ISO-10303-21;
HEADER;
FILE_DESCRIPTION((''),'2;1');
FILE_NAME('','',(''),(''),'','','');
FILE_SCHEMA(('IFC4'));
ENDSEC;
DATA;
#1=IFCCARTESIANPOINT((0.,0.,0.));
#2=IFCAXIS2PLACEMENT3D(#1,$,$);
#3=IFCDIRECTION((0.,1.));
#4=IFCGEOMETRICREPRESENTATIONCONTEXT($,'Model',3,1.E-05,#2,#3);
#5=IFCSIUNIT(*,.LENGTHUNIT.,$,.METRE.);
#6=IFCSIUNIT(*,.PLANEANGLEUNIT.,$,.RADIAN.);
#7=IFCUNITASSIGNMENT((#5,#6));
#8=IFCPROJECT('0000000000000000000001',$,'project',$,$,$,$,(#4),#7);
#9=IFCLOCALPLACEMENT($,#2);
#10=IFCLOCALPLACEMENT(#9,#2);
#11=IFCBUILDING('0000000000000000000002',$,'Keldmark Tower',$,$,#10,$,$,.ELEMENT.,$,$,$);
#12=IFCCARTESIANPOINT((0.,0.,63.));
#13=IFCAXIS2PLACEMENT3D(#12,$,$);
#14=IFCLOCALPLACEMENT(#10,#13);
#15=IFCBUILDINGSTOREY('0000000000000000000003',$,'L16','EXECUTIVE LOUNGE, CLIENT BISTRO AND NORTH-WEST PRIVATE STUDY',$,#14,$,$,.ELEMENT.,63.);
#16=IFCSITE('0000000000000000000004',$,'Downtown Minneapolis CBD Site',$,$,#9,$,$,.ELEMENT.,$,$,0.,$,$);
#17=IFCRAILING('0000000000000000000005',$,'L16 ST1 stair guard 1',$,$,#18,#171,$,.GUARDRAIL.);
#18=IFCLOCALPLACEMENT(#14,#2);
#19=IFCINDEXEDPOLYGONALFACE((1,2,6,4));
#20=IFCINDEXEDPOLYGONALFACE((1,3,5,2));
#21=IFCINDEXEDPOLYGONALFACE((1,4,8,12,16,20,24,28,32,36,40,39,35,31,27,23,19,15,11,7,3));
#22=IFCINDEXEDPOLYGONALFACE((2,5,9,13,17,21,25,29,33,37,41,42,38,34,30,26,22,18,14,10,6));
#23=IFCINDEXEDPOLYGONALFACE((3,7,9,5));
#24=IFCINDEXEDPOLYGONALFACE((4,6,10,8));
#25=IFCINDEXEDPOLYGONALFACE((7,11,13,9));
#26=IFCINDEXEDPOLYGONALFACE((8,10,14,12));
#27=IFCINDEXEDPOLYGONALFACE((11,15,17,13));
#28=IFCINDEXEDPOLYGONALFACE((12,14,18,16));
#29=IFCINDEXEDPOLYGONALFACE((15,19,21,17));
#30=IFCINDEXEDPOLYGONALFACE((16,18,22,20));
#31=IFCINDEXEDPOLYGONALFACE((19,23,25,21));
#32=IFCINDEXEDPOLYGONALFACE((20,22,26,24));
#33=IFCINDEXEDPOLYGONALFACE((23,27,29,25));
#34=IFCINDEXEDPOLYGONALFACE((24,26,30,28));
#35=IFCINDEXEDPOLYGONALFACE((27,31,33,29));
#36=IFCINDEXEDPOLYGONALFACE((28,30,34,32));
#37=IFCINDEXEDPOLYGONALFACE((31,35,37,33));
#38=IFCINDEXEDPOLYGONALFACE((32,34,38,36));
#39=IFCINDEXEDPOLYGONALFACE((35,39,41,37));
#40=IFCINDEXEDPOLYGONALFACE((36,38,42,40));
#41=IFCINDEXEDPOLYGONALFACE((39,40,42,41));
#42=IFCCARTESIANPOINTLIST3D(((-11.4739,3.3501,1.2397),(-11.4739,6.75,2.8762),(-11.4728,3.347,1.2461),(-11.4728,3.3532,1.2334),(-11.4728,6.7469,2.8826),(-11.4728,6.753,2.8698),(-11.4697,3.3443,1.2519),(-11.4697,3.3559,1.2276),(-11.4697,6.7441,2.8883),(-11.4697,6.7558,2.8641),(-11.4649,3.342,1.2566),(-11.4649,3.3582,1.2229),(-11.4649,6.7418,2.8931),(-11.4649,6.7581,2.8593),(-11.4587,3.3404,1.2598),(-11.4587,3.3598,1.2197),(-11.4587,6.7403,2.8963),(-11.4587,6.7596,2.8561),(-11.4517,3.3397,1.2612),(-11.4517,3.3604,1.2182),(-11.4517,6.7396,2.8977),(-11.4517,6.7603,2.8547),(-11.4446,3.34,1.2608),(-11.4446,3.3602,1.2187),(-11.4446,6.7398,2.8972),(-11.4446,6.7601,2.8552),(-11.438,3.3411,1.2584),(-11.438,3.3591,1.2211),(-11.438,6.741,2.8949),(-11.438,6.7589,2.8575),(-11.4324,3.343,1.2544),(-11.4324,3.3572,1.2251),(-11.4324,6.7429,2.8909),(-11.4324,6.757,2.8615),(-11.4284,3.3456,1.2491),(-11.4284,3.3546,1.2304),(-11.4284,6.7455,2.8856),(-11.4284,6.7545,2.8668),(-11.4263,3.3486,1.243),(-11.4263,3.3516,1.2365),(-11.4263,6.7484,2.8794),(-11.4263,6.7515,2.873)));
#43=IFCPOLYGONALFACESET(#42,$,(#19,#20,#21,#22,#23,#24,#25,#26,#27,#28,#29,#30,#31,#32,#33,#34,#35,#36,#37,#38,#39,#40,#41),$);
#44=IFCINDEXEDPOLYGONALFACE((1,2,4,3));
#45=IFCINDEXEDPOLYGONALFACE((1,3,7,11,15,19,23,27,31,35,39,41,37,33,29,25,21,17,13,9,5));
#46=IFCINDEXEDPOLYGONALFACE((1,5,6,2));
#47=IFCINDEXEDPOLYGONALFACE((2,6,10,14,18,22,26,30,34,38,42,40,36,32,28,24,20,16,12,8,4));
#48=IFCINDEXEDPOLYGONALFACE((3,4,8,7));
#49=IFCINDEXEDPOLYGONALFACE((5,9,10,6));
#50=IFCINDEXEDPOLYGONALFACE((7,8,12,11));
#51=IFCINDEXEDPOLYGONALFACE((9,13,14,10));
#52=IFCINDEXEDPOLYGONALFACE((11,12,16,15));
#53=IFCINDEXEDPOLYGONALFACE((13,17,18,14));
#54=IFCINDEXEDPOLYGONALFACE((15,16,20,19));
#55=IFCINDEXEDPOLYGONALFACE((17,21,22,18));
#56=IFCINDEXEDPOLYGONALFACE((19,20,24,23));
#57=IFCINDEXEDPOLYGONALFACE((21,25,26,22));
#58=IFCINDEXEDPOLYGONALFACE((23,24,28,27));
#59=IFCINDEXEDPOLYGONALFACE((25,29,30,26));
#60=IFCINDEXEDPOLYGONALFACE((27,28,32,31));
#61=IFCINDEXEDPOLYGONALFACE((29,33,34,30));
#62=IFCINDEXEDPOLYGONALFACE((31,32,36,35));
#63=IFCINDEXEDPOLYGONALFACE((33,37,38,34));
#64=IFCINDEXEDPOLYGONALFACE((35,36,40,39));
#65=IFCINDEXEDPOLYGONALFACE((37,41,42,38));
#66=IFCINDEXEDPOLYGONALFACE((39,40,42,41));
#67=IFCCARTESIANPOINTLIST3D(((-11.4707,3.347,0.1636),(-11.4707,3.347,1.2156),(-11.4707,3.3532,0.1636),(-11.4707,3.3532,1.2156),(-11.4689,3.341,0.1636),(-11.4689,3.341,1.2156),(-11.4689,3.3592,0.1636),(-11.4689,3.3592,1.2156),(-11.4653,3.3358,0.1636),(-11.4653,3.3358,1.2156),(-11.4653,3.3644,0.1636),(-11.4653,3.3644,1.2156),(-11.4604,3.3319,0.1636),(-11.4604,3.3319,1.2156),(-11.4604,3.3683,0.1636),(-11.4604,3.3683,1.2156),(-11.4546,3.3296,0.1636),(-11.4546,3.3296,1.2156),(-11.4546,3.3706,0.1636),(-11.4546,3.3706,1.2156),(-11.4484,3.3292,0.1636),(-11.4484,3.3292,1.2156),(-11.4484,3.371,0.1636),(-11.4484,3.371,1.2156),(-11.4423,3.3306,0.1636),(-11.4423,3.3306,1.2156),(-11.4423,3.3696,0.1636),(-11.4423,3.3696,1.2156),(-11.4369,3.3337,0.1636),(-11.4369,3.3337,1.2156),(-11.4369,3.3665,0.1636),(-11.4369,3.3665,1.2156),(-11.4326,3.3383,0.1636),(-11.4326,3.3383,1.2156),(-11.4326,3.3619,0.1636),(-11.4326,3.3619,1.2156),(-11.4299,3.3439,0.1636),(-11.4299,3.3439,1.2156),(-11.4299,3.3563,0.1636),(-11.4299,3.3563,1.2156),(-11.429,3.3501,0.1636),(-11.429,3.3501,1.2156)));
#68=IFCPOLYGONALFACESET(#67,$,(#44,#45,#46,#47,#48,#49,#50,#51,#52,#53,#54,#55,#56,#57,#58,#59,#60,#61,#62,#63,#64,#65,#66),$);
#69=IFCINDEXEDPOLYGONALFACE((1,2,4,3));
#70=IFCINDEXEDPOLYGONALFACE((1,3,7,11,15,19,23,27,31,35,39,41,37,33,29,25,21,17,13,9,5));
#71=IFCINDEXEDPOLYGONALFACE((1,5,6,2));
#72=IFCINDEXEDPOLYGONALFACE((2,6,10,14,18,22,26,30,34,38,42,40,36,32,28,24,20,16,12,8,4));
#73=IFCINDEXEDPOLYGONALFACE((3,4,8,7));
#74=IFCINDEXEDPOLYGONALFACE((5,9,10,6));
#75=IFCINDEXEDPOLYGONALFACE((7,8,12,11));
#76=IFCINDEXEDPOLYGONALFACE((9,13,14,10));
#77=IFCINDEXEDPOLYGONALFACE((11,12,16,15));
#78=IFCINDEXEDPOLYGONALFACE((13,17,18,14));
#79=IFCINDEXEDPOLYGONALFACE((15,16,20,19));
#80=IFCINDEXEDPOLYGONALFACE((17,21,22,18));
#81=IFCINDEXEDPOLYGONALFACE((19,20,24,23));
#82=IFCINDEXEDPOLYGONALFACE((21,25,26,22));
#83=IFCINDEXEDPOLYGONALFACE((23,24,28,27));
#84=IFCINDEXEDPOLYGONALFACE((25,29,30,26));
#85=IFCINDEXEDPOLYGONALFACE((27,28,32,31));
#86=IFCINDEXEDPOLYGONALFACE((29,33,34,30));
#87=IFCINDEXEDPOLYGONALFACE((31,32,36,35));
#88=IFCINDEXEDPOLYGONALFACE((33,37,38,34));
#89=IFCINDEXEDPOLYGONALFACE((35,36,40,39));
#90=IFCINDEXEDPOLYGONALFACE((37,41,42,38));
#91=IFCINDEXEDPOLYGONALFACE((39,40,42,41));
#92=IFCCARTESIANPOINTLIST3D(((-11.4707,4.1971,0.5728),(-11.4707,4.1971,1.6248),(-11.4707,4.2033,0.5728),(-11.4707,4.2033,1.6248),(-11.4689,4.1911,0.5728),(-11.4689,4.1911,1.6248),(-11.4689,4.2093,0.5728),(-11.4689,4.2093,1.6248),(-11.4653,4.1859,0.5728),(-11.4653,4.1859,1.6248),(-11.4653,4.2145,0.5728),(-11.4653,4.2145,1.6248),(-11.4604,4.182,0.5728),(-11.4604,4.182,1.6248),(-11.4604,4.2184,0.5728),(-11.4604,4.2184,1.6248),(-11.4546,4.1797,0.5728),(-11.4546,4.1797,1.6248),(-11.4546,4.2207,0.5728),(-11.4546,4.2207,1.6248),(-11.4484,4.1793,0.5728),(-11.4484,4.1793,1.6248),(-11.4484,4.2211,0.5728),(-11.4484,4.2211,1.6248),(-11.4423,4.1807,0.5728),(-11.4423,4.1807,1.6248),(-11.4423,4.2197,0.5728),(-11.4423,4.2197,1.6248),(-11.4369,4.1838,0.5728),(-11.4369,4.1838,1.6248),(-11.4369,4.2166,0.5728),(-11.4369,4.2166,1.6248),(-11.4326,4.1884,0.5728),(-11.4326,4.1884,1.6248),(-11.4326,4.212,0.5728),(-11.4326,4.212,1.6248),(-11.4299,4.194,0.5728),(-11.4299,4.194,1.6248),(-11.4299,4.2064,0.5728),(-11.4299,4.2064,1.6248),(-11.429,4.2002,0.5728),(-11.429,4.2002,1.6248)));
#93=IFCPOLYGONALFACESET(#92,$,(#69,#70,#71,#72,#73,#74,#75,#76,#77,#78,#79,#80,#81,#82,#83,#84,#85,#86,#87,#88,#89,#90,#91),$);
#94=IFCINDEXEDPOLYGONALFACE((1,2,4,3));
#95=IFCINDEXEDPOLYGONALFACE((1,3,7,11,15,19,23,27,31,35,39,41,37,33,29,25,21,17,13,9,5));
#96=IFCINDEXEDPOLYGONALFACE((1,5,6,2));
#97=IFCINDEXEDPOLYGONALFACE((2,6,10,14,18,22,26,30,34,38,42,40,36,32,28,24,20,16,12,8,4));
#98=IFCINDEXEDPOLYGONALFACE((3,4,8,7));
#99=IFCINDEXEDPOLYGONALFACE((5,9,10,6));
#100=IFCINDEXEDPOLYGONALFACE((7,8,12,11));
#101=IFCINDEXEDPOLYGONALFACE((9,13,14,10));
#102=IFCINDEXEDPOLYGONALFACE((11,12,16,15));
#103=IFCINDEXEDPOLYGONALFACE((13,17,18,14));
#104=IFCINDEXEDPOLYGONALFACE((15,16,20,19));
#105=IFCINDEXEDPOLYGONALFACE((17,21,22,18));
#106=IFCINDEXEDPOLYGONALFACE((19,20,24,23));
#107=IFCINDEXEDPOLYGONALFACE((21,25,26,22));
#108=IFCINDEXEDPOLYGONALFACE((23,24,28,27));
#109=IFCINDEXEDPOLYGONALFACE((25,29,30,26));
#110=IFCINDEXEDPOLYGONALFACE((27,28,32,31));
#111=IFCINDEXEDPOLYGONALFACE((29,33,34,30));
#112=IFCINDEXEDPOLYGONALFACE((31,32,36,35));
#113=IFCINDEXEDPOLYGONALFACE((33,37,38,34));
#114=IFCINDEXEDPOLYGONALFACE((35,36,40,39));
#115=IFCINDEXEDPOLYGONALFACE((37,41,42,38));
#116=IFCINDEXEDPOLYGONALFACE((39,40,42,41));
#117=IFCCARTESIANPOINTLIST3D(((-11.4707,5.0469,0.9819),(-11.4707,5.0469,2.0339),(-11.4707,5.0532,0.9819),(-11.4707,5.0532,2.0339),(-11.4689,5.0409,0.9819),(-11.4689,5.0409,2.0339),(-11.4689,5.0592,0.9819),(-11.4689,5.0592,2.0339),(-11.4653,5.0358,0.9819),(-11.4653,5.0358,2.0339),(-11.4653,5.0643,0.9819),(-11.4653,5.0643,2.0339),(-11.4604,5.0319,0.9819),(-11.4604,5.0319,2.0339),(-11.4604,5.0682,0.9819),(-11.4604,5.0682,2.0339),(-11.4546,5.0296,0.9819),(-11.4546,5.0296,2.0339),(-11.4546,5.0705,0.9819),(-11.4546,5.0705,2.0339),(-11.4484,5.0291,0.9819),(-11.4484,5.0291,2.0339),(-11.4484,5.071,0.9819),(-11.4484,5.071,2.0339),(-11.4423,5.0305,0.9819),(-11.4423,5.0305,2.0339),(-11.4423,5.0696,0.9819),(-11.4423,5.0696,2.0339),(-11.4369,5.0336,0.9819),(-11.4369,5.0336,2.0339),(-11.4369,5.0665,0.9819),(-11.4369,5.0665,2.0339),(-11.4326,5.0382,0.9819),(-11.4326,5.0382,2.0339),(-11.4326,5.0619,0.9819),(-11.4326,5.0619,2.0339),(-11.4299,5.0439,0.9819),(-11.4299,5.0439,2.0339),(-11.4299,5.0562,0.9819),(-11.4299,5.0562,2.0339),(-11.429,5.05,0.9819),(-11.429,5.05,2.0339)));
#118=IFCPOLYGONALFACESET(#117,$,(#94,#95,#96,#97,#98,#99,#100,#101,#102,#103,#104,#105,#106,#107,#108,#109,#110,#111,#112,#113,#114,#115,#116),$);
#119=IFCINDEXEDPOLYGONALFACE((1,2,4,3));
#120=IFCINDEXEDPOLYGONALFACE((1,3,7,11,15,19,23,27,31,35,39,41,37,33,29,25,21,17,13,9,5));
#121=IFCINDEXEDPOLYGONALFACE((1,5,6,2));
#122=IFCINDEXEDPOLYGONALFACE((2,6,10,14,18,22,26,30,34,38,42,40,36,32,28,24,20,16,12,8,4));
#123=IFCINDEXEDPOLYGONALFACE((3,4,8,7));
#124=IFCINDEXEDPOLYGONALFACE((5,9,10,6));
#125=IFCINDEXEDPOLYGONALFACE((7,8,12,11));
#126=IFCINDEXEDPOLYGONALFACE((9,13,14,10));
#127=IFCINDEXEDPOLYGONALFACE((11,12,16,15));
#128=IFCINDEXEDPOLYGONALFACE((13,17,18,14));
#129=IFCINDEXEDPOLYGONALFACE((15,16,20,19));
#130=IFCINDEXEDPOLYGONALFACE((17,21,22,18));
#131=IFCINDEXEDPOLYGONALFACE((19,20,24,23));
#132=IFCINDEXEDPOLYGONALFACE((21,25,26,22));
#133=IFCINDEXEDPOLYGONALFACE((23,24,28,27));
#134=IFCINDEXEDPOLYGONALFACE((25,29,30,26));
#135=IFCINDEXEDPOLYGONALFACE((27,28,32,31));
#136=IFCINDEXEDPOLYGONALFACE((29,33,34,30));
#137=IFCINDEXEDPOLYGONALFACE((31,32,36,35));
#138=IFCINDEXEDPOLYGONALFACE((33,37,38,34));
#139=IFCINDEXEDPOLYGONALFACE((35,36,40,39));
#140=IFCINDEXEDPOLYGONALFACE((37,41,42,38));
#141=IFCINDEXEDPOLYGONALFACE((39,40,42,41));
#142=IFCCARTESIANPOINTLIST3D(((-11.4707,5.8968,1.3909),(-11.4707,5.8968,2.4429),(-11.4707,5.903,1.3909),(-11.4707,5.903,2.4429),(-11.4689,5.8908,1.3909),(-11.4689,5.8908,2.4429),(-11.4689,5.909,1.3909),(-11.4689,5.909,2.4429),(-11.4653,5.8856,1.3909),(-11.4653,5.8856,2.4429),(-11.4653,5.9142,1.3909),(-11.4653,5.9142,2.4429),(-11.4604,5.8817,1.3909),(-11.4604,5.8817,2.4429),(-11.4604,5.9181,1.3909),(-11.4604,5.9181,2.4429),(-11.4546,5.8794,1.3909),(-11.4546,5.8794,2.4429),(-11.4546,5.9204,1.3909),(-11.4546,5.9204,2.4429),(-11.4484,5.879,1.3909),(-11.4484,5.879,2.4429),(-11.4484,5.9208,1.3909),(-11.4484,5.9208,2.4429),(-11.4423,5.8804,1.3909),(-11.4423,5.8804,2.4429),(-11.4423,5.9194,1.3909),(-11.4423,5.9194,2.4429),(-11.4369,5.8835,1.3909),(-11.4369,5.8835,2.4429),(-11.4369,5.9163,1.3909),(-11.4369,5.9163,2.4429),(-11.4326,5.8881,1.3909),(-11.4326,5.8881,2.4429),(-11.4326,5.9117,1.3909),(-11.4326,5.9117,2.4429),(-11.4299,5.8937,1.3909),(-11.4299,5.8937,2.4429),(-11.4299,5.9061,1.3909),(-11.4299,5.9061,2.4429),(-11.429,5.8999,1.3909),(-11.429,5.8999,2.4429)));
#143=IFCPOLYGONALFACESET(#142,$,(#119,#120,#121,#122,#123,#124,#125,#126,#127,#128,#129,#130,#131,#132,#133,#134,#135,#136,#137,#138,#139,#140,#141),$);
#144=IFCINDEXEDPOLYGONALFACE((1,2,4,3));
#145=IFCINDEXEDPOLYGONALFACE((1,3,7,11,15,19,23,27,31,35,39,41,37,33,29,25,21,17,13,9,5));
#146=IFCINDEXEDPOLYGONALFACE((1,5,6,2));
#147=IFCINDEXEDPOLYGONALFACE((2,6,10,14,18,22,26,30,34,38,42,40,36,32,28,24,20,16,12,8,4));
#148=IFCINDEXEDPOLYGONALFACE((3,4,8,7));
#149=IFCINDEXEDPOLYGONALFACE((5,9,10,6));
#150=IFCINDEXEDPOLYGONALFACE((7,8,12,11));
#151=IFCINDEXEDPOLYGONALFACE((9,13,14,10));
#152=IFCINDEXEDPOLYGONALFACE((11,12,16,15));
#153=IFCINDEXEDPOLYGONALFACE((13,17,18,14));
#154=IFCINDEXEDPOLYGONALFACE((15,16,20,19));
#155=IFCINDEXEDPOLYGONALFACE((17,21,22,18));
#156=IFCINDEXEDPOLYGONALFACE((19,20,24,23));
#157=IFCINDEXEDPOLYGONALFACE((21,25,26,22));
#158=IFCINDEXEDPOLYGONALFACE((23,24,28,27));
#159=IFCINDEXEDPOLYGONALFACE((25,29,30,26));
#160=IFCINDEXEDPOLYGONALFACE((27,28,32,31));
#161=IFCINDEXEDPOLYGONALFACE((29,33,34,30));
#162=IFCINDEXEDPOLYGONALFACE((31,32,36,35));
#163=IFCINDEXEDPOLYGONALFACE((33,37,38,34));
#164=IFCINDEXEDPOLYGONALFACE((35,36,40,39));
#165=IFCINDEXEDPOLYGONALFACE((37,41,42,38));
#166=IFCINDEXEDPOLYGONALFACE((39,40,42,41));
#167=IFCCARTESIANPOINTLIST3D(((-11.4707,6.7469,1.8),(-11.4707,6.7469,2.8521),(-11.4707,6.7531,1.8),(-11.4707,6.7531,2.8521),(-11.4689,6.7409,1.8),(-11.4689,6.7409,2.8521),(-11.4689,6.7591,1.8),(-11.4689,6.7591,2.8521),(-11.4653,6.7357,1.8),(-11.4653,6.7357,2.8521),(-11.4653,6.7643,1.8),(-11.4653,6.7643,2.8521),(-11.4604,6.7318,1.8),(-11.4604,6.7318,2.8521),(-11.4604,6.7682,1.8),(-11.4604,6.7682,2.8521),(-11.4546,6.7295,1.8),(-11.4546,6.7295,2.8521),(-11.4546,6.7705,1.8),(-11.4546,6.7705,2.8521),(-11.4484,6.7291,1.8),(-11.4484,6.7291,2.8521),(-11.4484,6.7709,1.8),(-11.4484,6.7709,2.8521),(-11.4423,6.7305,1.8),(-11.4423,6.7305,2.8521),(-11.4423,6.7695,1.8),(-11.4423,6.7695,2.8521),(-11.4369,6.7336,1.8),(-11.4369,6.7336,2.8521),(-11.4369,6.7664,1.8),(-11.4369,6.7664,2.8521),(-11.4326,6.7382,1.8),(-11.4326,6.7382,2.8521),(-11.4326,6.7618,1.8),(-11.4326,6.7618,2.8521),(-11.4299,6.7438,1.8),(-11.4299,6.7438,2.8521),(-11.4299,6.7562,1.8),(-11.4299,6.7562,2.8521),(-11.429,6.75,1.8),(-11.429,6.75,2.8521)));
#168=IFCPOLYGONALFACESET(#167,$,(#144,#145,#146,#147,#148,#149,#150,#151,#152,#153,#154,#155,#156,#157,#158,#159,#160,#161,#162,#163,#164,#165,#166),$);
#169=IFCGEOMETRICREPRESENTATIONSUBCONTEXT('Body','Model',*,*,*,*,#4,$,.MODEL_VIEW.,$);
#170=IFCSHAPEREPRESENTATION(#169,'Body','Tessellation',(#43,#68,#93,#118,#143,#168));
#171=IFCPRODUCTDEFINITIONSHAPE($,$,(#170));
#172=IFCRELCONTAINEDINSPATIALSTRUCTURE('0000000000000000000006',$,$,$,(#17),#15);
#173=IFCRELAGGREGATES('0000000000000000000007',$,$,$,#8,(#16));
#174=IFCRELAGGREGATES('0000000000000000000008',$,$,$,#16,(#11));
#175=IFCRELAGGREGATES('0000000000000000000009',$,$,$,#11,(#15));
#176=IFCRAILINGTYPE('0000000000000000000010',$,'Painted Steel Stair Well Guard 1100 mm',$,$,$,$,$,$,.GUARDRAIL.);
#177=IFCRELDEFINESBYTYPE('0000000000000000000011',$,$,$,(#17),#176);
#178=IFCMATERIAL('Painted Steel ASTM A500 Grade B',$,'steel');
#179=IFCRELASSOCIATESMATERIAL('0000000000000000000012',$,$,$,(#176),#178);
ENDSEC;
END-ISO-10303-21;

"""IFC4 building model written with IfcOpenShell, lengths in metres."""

from ifc_helpers import new_model, si_unit, direction, frame, origin, origin_2d, place, context, subcontext, project, spatial, circle, extrude, material, type_object, element, save


model = new_model("IFC4")

# Units and contexts
model_context = context("Model", 3, precision=1e-05, world=origin(), true_north=direction((0.0, 1.0)))
body_context = subcontext(model_context, "Body", "Model", "MODEL_VIEW")
ifc_project = project(units=[si_unit("LENGTHUNIT", "METRE"), si_unit("PLANEANGLEUNIT", "RADIAN")], contexts=[model_context])

# Site, building, storey
site_placement = place(None, origin())
site = spatial("IfcSite", under=ifc_project, at=site_placement, Name="Downtown Minneapolis CBD Site", CompositionType="ELEMENT", RefElevation=0.0)
building_placement = place(site_placement, origin())
building = spatial("IfcBuilding", under=site, at=building_placement, Name="Keldmark Tower", CompositionType="ELEMENT")
storey_placement = place(building_placement, frame((0.0, 0.0, 63.0)))
storey = spatial("IfcBuildingStorey", under=building, at=storey_placement, Name="L16", Description="EXECUTIVE LOUNGE, CLIENT BISTRO AND NORTH-WEST PRIVATE STUDY", CompositionType="ELEMENT", Elevation=63.0)

# Railing
ifc_material_1 = material(Name="Painted Steel ASTM A500 Grade B", Category="steel")
railing_type_1 = type_object("IfcRailingType", Name="Painted Steel Stair Well Guard 1100 mm", PredefinedType="GUARDRAIL", material=ifc_material_1)
railing_1_placement = place(storey_placement, frame((-11.45, 3.3501, 0.1636)))
element("IfcRailing", 1, at=railing_1_placement, inside=storey, type_object=railing_type_1, Name="L16 ST1 stair guard 1", PredefinedType="GUARDRAIL", context=body_context, shape_type="SweptSolid", body=[
    extrude(circle(Radius=0.0239, at=origin_2d()), frame((0.0, 0.0, 1.0762), z_axis=(0.0, 0.901055, 0.433705), x_axis=(-1.0, 0.0, 0.0)), (0.0, 0.0, 1.0), 3.7732),
    extrude(circle(Radius=0.021, at=origin_2d()), origin(), (0.0, 0.0, 1.0), 1.052),
    extrude(circle(Radius=0.021, at=origin_2d()), frame((0.0, 0.8501, 0.4092)), (0.0, 0.0, 1.0), 1.052),
    extrude(circle(Radius=0.021, at=origin_2d()), frame((0.0, 1.7, 0.8184)), (0.0, 0.0, 1.0), 1.052),
    extrude(circle(Radius=0.021, at=origin_2d()), frame((0.0, 2.5498, 1.2273)), (0.0, 0.0, 1.0), 1.052),
    extrude(circle(Radius=0.021, at=origin_2d()), frame((0.0, 3.3999, 1.6365)), (0.0, 0.0, 1.0), 1.052),
])

save(model, "model.ifc")
